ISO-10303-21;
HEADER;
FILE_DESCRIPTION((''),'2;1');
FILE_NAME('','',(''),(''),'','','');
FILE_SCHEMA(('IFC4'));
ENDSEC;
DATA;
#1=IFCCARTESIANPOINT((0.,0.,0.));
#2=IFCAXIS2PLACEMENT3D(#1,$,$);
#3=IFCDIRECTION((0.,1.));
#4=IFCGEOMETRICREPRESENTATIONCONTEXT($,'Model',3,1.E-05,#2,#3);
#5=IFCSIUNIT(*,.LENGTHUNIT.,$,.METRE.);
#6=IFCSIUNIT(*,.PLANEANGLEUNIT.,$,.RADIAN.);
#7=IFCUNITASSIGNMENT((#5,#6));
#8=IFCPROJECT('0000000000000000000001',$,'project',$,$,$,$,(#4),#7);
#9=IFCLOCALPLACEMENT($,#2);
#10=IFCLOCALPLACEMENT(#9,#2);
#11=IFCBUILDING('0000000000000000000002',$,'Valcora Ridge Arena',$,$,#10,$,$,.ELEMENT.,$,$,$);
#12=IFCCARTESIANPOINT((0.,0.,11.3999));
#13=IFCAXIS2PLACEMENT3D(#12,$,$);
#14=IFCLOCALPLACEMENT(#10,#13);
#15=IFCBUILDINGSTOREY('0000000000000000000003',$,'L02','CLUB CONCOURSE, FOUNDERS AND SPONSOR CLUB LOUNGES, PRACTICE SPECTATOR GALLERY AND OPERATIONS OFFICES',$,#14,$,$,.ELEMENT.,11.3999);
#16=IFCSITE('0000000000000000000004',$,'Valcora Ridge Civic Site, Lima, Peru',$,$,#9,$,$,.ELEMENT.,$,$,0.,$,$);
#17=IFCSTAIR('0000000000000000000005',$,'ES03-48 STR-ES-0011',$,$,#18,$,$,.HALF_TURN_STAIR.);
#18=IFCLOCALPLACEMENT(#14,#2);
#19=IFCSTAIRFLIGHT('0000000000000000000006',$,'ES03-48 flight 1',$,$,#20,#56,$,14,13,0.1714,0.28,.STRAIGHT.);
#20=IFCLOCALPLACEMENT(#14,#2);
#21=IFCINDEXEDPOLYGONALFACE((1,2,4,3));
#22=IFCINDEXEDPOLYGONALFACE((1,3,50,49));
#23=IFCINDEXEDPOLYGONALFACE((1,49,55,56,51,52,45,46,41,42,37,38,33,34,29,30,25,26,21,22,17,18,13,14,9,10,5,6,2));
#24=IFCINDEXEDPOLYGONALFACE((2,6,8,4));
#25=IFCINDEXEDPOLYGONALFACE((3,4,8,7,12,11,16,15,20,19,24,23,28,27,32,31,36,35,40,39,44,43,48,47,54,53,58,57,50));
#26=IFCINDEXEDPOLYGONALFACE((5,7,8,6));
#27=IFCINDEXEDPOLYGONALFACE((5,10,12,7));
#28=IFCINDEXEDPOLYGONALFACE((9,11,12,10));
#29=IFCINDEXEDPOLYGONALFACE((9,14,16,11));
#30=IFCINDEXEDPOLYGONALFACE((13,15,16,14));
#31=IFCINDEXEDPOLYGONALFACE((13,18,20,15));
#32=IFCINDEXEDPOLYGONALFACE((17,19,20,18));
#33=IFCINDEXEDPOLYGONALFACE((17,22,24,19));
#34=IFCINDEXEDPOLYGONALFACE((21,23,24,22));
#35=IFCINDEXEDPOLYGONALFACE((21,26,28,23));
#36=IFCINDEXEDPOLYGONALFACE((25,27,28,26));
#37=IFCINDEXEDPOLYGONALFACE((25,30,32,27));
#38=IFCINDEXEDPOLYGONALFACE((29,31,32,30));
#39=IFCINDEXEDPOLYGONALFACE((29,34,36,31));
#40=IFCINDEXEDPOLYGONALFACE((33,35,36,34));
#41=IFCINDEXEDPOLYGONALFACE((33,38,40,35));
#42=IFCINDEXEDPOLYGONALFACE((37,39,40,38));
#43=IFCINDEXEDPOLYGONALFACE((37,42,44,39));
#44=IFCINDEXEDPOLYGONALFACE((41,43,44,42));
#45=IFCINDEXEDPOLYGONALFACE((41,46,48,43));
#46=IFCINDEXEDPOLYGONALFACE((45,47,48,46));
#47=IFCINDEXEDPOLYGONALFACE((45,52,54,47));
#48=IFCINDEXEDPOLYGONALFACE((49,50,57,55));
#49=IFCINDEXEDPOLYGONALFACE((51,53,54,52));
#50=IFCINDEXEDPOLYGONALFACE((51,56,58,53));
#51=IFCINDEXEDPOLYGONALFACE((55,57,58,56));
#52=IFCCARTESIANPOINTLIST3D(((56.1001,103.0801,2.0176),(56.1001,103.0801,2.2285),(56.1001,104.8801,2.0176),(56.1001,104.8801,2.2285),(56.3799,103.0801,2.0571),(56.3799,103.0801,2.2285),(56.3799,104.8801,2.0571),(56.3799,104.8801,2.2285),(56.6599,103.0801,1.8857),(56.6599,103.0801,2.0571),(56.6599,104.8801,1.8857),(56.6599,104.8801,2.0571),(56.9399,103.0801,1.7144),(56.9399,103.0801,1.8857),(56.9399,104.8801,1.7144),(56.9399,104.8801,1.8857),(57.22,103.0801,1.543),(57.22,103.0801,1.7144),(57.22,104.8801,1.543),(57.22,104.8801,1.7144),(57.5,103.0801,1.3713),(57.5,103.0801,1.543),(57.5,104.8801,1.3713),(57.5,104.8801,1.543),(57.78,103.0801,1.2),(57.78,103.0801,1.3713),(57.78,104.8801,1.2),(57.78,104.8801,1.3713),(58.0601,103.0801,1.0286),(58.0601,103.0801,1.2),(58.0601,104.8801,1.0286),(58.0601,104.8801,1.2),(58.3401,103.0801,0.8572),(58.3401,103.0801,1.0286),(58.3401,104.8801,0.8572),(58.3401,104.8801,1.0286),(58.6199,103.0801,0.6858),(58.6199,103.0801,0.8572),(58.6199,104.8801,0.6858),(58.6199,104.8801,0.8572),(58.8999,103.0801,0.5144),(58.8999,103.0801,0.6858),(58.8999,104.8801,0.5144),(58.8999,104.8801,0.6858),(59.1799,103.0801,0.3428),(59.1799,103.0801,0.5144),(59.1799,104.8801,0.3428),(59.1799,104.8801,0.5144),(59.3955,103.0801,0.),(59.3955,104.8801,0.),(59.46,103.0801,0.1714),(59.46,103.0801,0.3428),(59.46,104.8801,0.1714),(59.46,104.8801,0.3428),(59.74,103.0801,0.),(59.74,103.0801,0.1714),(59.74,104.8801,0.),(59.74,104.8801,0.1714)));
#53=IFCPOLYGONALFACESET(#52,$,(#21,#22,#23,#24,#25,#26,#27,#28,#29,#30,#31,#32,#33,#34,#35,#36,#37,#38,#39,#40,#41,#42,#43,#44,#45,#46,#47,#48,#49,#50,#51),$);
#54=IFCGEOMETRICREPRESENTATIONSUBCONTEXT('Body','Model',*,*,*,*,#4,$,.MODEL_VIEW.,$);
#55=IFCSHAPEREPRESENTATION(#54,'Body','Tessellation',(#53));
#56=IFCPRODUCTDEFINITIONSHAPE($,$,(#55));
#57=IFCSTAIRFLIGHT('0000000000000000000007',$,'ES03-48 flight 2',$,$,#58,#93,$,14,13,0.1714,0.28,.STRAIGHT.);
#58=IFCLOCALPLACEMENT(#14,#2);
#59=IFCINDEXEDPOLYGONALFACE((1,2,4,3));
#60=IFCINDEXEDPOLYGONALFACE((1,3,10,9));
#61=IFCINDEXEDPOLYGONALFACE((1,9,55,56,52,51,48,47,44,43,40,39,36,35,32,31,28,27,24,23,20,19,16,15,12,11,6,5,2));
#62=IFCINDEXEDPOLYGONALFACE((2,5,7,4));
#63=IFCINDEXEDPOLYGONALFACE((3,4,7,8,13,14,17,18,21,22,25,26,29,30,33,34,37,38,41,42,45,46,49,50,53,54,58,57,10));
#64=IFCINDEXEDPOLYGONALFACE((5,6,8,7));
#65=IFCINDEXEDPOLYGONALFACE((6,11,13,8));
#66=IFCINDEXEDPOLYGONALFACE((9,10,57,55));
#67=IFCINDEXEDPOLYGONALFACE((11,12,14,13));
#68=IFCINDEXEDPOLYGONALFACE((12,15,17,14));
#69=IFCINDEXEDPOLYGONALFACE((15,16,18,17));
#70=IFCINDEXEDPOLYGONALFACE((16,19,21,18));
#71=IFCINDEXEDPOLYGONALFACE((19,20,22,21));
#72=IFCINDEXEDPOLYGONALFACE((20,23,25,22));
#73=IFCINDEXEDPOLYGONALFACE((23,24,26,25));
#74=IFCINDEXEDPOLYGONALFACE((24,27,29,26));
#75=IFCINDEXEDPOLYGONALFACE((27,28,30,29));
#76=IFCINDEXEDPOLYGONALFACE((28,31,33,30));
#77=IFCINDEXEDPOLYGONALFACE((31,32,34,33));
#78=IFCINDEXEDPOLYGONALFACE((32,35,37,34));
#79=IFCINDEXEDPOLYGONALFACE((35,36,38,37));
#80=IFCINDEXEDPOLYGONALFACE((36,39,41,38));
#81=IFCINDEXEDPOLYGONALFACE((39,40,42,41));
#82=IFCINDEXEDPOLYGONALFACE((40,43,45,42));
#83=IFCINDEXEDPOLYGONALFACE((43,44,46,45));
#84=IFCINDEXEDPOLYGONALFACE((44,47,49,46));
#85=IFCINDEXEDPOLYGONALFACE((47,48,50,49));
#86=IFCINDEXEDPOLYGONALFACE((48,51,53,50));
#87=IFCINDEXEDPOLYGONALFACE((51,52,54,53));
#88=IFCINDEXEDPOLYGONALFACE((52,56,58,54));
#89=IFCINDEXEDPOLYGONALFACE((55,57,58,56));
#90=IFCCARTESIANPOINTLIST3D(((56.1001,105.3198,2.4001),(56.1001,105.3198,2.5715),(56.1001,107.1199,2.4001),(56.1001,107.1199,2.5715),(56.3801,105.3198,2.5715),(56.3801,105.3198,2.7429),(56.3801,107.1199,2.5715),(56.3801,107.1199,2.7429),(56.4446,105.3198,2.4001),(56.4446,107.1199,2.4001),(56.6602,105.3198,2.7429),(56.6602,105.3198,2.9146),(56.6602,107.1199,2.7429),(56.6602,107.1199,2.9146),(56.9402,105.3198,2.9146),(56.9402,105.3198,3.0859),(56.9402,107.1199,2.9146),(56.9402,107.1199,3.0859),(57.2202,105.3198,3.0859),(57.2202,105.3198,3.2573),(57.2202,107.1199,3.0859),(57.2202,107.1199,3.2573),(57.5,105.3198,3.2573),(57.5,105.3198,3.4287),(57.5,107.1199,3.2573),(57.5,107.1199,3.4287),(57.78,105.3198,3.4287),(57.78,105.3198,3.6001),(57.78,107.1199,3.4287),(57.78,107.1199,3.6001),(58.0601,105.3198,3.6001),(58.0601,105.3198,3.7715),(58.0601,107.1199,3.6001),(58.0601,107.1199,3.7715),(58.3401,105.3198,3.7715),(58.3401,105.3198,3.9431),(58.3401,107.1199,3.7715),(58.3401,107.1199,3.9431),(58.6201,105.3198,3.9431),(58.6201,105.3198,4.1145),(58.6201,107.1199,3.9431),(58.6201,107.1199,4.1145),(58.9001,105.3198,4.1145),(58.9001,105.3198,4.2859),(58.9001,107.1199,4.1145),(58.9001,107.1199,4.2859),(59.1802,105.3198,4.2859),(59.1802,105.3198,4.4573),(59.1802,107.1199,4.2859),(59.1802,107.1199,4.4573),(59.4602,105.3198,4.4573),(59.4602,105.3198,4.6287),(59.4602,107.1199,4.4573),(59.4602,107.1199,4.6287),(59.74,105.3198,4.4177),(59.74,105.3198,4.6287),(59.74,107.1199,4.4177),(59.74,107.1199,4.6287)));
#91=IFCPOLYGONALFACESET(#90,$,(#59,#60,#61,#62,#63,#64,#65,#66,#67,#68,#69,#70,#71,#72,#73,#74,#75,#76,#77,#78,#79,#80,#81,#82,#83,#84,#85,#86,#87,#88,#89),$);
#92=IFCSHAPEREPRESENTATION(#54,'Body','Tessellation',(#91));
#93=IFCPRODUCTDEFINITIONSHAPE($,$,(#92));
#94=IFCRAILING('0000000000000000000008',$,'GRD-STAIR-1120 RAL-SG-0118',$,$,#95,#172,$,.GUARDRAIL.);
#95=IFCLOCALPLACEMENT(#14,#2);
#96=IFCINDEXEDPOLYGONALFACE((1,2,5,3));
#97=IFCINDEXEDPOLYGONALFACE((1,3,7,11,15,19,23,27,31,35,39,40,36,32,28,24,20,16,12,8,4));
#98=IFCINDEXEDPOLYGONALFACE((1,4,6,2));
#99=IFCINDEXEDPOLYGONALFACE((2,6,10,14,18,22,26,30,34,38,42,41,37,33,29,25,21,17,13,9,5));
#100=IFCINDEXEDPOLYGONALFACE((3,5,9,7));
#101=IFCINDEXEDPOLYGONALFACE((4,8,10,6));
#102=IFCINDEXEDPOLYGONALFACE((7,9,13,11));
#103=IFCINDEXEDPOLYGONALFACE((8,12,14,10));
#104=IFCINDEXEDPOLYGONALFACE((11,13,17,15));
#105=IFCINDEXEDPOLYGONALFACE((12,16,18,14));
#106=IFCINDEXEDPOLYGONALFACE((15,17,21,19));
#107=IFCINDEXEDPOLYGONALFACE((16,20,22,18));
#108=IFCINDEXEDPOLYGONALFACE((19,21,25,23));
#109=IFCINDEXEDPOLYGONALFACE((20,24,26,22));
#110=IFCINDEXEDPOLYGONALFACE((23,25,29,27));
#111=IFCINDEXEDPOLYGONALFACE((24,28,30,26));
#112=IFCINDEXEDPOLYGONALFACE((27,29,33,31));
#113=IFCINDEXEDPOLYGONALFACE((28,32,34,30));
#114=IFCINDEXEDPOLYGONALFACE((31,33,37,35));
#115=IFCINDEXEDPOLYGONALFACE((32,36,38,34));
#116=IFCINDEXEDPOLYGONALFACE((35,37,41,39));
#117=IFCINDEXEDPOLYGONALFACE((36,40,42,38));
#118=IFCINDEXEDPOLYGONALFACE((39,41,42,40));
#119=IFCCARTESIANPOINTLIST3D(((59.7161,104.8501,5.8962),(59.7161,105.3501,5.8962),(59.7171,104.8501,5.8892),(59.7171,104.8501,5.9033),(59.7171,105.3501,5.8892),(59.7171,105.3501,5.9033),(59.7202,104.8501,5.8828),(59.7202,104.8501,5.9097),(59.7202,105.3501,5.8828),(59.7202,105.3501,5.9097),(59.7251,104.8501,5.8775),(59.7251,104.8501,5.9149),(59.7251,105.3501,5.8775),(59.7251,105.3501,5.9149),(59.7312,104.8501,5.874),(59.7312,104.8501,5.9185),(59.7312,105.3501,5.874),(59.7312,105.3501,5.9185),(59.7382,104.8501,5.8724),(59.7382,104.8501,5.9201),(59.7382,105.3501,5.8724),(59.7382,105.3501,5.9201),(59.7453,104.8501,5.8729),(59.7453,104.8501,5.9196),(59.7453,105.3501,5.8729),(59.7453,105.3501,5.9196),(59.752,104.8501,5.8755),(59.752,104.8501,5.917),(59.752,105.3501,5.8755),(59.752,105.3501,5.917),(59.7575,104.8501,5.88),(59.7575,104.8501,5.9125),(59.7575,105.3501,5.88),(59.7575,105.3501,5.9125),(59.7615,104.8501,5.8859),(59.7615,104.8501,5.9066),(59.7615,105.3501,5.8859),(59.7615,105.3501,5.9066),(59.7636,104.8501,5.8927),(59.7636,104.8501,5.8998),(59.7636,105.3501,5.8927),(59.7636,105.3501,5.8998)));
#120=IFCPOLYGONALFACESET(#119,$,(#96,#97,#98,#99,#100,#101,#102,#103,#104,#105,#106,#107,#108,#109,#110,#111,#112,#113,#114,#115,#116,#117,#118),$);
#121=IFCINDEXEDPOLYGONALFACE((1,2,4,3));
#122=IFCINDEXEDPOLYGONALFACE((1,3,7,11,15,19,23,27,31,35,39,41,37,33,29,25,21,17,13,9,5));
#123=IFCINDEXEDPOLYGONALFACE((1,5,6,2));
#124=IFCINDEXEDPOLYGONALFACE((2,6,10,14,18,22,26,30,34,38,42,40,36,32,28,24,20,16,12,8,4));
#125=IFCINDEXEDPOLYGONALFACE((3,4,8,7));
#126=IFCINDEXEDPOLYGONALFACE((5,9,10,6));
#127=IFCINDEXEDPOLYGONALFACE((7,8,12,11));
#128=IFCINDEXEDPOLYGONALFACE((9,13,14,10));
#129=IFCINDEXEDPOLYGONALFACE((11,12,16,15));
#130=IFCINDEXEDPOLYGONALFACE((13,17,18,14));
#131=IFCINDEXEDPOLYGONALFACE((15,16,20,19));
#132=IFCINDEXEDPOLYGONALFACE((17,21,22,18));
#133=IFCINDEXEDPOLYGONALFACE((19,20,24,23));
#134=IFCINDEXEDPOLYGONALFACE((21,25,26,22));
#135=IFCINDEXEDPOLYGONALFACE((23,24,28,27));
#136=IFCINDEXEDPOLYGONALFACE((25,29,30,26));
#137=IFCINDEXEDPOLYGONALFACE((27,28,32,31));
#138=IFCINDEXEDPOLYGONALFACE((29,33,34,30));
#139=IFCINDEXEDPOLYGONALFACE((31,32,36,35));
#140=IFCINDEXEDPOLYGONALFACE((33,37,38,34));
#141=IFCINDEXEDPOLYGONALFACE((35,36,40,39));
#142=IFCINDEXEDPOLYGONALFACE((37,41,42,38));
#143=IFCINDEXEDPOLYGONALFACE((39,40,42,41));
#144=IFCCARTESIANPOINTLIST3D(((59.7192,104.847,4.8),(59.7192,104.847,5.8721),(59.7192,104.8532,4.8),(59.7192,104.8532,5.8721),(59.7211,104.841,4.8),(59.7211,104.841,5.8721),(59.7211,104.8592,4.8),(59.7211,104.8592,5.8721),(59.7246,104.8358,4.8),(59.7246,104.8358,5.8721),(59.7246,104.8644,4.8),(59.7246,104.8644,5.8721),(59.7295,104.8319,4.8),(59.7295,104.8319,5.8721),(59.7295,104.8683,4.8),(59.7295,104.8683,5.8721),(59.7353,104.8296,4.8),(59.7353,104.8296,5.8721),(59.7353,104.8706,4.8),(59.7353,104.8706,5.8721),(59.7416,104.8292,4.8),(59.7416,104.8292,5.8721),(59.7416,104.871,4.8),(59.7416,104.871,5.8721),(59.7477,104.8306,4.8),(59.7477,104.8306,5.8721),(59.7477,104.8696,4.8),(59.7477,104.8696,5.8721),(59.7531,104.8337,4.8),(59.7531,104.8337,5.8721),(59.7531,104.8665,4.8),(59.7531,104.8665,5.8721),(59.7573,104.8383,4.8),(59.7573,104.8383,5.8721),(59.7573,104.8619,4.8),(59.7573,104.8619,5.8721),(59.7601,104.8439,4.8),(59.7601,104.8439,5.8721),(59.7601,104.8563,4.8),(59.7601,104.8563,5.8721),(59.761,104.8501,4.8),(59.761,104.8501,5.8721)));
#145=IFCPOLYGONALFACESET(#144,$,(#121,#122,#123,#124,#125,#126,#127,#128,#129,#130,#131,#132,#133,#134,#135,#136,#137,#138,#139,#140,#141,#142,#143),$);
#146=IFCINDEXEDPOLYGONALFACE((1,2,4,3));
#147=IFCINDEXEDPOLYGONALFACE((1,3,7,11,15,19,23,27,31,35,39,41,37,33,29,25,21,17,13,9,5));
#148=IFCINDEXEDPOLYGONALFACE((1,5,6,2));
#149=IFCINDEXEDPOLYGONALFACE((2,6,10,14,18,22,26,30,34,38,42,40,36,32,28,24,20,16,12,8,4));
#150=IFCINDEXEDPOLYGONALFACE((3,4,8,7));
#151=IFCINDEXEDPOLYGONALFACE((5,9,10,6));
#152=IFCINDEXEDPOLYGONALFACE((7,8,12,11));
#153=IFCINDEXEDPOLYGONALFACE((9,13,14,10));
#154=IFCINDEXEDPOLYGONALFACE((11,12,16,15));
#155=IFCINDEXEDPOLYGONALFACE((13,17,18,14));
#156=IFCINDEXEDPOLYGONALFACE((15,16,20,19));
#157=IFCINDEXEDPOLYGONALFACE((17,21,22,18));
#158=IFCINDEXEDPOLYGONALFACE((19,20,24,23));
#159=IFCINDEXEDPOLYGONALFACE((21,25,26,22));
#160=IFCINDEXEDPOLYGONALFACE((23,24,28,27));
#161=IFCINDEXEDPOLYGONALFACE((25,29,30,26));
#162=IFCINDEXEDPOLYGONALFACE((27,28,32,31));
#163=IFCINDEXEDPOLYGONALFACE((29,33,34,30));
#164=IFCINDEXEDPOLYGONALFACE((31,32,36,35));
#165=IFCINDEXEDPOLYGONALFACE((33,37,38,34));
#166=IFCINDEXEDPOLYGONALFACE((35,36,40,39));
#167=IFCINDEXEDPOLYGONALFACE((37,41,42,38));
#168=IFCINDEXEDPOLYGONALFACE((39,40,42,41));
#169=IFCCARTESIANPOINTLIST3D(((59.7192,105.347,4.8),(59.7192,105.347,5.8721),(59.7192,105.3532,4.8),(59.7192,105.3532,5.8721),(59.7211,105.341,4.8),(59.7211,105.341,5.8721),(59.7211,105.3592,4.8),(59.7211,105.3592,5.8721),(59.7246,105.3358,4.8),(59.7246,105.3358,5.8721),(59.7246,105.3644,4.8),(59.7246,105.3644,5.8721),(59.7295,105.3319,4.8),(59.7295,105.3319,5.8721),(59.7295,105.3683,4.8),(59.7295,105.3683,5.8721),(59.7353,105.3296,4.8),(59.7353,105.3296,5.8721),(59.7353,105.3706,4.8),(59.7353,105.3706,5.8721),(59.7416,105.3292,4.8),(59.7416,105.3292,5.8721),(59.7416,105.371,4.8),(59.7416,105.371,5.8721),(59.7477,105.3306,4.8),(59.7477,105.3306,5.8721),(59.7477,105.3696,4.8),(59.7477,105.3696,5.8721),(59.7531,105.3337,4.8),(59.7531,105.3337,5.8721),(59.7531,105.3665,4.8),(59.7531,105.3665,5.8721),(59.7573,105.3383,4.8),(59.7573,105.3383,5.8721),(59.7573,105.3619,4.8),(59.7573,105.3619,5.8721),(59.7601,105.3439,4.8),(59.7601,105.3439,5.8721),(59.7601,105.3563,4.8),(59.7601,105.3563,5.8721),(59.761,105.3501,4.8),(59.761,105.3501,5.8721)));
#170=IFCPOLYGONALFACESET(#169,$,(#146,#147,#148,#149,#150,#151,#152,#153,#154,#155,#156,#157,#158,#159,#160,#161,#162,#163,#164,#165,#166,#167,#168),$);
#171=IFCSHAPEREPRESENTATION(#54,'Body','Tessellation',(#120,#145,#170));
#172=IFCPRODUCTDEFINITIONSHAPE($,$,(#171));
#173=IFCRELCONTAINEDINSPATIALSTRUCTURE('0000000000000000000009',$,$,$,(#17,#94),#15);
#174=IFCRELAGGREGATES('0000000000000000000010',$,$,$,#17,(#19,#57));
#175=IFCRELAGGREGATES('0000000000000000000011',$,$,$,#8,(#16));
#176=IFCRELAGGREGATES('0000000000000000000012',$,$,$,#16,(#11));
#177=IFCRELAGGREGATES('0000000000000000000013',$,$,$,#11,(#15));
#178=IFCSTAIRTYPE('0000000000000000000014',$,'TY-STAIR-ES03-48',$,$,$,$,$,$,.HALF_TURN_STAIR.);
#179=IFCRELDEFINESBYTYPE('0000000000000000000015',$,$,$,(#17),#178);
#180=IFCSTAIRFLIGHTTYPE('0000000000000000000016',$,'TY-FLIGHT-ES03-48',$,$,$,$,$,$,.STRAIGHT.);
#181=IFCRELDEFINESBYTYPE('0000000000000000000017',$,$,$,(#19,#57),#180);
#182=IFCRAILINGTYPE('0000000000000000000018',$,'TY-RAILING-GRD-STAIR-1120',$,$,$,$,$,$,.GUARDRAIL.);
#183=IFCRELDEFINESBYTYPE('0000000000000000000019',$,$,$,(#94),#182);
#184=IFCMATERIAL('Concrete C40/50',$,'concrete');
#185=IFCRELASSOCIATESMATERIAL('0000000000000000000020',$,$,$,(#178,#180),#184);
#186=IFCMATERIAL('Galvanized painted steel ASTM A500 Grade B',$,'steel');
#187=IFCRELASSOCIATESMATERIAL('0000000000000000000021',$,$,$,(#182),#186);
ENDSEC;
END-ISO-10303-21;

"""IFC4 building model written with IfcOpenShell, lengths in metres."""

from ifc_helpers import new_model, si_unit, direction, frame, origin, origin_2d, place, context, subcontext, project, spatial, polyline, circle, outline, extrude, material, type_object, element, aggregate, save


model = new_model("IFC4")

# Units and contexts
model_context = context("Model", 3, precision=1e-05, world=origin(), true_north=direction((0.0, 1.0)))
body_context = subcontext(model_context, "Body", "Model", "MODEL_VIEW")
ifc_project = project(units=[si_unit("LENGTHUNIT", "METRE"), si_unit("PLANEANGLEUNIT", "RADIAN")], contexts=[model_context])

# Site, building, storey
site_placement = place(None, origin())
site = spatial("IfcSite", under=ifc_project, at=site_placement, Name="Valcora Ridge Civic Site, Lima, Peru", CompositionType="ELEMENT", RefElevation=0.0)
building_placement = place(site_placement, origin())
building = spatial("IfcBuilding", under=site, at=building_placement, Name="Valcora Ridge Arena", CompositionType="ELEMENT")
storey_placement = place(building_placement, frame((0.0, 0.0, 11.3999)))
storey = spatial("IfcBuildingStorey", under=building, at=storey_placement, Name="L02", Description="CLUB CONCOURSE, FOUNDERS AND SPONSOR CLUB LOUNGES, PRACTICE SPECTATOR GALLERY AND OPERATIONS OFFICES", CompositionType="ELEMENT", Elevation=11.3999)

# Shared definitions
ifc_material_1 = material(Name="Concrete C40/50", Category="concrete")

# Stair, stair flights
stair_type = type_object("IfcStairType", Name="TY-STAIR-ES03-48", PredefinedType="HALF_TURN_STAIR", material=ifc_material_1)
stair_placement = place(storey_placement, origin())
stair = element("IfcStair", 1, at=stair_placement, inside=storey, type_object=stair_type, Name="ES03-48 STR-ES-0011", PredefinedType="HALF_TURN_STAIR")
stair_flight_type = type_object("IfcStairFlightType", Name="TY-FLIGHT-ES03-48", PredefinedType="STRAIGHT", material=ifc_material_1)
stair_flight_1_placement = place(storey_placement, frame((59.74, 103.98, 0.0), z_axis=(0.0, 0.0, 1.0), x_axis=(-1.0, 0.0, 0.0)))
stair_flight_1 = element("IfcStairFlight", 2, at=stair_flight_1_placement, type_object=stair_flight_type, Name="ES03-48 flight 1", NumberOfRisers=14, NumberOfTreads=13, PredefinedType="STRAIGHT", RiserHeight=0.1714, TreadLength=0.28, context=body_context, shape_type="SweptSolid", body=[
    extrude(outline(polyline([(0.0, 0.0), (0.0, 0.1714), (0.28, 0.1714), (0.28, 0.3428), (0.5601, 0.3428), (0.5601, 0.5144), (0.8401, 0.5144), (0.8401, 0.6858), (1.1201, 0.6858), (1.1201, 0.8572), (1.3999, 0.8572), (1.3999, 1.0286), (1.6799, 1.0286), (1.6799, 1.2), (1.96, 1.2), (1.96, 1.3713), (2.24, 1.3713), (2.24, 1.543), (2.52, 1.543), (2.52, 1.7144), (2.8, 1.7144), (2.8, 1.8857), (3.0801, 1.8857), (3.0801, 2.0571), (3.3601, 2.0571), (3.3601, 2.2285), (3.6399, 2.2285), (3.6399, 2.3999), (3.6399, 2.0176), (0.3445, 0.0), (0.0, 0.0)])), frame((0.0, 0.8999, 0.0), z_axis=(0.0, -1.0, 0.0), x_axis=(1.0, 0.0, 0.0)), (0.0, 0.0, 1.0), 1.8),
])
stair_flight_2_placement = place(storey_placement, frame((56.1001, 106.22, 2.4001), z_axis=(0.0, 0.0, 1.0), x_axis=(1.0, 0.0, 0.0)))
stair_flight_2 = element("IfcStairFlight", 3, at=stair_flight_2_placement, type_object=stair_flight_type, Name="ES03-48 flight 2", NumberOfRisers=14, NumberOfTreads=13, PredefinedType="STRAIGHT", RiserHeight=0.1714, TreadLength=0.28, context=body_context, shape_type="SweptSolid", body=[
    extrude(outline(polyline([(0.0, 0.0), (0.0, 0.1714), (0.28, 0.1714), (0.28, 0.3428), (0.5601, 0.3428), (0.5601, 0.5144), (0.8401, 0.5144), (0.8401, 0.6858), (1.1201, 0.6858), (1.1201, 0.8572), (1.3999, 0.8572), (1.3999, 1.0286), (1.6799, 1.0286), (1.6799, 1.2), (1.96, 1.2), (1.96, 1.3713), (2.24, 1.3713), (2.24, 1.543), (2.52, 1.543), (2.52, 1.7144), (2.8, 1.7144), (2.8, 1.8857), (3.0801, 1.8857), (3.0801, 2.0571), (3.3601, 2.0571), (3.3601, 2.2285), (3.6399, 2.2285), (3.6399, 2.3999), (3.6399, 2.0176), (0.3445, 0.0), (0.0, 0.0)])), frame((0.0, 0.8999, 0.0), z_axis=(0.0, -1.0, 0.0), x_axis=(1.0, 0.0, 0.0)), (0.0, 0.0, 1.0), 1.8),
])
aggregate(stair, [stair_flight_1, stair_flight_2])

# Railing
ifc_material_2 = material(Name="Galvanized painted steel ASTM A500 Grade B", Category="steel")
railing_type_1 = type_object("IfcRailingType", Name="TY-RAILING-GRD-STAIR-1120", PredefinedType="GUARDRAIL", material=ifc_material_2)
railing_1_placement = place(storey_placement, frame((59.74, 104.8501, 4.8)))
element("IfcRailing", 4, at=railing_1_placement, inside=storey, type_object=railing_type_1, Name="GRD-STAIR-1120 RAL-SG-0118", PredefinedType="GUARDRAIL", context=body_context, shape_type="SweptSolid", body=[
    extrude(circle(Radius=0.0239, at=origin_2d()), frame((0.0, 0.0, 1.0962), z_axis=(0.0, 1.0, 0.0), x_axis=(-1.0, 0.0, 0.0)), (0.0, 0.0, 1.0), 0.5),
    extrude(circle(Radius=0.021, at=origin_2d()), origin(), (0.0, 0.0, 1.0), 1.072),
    extrude(circle(Radius=0.021, at=origin_2d()), frame((0.0, 0.5, 0.0)), (0.0, 0.0, 1.0), 1.072),
])

save(model, "model.ifc")
